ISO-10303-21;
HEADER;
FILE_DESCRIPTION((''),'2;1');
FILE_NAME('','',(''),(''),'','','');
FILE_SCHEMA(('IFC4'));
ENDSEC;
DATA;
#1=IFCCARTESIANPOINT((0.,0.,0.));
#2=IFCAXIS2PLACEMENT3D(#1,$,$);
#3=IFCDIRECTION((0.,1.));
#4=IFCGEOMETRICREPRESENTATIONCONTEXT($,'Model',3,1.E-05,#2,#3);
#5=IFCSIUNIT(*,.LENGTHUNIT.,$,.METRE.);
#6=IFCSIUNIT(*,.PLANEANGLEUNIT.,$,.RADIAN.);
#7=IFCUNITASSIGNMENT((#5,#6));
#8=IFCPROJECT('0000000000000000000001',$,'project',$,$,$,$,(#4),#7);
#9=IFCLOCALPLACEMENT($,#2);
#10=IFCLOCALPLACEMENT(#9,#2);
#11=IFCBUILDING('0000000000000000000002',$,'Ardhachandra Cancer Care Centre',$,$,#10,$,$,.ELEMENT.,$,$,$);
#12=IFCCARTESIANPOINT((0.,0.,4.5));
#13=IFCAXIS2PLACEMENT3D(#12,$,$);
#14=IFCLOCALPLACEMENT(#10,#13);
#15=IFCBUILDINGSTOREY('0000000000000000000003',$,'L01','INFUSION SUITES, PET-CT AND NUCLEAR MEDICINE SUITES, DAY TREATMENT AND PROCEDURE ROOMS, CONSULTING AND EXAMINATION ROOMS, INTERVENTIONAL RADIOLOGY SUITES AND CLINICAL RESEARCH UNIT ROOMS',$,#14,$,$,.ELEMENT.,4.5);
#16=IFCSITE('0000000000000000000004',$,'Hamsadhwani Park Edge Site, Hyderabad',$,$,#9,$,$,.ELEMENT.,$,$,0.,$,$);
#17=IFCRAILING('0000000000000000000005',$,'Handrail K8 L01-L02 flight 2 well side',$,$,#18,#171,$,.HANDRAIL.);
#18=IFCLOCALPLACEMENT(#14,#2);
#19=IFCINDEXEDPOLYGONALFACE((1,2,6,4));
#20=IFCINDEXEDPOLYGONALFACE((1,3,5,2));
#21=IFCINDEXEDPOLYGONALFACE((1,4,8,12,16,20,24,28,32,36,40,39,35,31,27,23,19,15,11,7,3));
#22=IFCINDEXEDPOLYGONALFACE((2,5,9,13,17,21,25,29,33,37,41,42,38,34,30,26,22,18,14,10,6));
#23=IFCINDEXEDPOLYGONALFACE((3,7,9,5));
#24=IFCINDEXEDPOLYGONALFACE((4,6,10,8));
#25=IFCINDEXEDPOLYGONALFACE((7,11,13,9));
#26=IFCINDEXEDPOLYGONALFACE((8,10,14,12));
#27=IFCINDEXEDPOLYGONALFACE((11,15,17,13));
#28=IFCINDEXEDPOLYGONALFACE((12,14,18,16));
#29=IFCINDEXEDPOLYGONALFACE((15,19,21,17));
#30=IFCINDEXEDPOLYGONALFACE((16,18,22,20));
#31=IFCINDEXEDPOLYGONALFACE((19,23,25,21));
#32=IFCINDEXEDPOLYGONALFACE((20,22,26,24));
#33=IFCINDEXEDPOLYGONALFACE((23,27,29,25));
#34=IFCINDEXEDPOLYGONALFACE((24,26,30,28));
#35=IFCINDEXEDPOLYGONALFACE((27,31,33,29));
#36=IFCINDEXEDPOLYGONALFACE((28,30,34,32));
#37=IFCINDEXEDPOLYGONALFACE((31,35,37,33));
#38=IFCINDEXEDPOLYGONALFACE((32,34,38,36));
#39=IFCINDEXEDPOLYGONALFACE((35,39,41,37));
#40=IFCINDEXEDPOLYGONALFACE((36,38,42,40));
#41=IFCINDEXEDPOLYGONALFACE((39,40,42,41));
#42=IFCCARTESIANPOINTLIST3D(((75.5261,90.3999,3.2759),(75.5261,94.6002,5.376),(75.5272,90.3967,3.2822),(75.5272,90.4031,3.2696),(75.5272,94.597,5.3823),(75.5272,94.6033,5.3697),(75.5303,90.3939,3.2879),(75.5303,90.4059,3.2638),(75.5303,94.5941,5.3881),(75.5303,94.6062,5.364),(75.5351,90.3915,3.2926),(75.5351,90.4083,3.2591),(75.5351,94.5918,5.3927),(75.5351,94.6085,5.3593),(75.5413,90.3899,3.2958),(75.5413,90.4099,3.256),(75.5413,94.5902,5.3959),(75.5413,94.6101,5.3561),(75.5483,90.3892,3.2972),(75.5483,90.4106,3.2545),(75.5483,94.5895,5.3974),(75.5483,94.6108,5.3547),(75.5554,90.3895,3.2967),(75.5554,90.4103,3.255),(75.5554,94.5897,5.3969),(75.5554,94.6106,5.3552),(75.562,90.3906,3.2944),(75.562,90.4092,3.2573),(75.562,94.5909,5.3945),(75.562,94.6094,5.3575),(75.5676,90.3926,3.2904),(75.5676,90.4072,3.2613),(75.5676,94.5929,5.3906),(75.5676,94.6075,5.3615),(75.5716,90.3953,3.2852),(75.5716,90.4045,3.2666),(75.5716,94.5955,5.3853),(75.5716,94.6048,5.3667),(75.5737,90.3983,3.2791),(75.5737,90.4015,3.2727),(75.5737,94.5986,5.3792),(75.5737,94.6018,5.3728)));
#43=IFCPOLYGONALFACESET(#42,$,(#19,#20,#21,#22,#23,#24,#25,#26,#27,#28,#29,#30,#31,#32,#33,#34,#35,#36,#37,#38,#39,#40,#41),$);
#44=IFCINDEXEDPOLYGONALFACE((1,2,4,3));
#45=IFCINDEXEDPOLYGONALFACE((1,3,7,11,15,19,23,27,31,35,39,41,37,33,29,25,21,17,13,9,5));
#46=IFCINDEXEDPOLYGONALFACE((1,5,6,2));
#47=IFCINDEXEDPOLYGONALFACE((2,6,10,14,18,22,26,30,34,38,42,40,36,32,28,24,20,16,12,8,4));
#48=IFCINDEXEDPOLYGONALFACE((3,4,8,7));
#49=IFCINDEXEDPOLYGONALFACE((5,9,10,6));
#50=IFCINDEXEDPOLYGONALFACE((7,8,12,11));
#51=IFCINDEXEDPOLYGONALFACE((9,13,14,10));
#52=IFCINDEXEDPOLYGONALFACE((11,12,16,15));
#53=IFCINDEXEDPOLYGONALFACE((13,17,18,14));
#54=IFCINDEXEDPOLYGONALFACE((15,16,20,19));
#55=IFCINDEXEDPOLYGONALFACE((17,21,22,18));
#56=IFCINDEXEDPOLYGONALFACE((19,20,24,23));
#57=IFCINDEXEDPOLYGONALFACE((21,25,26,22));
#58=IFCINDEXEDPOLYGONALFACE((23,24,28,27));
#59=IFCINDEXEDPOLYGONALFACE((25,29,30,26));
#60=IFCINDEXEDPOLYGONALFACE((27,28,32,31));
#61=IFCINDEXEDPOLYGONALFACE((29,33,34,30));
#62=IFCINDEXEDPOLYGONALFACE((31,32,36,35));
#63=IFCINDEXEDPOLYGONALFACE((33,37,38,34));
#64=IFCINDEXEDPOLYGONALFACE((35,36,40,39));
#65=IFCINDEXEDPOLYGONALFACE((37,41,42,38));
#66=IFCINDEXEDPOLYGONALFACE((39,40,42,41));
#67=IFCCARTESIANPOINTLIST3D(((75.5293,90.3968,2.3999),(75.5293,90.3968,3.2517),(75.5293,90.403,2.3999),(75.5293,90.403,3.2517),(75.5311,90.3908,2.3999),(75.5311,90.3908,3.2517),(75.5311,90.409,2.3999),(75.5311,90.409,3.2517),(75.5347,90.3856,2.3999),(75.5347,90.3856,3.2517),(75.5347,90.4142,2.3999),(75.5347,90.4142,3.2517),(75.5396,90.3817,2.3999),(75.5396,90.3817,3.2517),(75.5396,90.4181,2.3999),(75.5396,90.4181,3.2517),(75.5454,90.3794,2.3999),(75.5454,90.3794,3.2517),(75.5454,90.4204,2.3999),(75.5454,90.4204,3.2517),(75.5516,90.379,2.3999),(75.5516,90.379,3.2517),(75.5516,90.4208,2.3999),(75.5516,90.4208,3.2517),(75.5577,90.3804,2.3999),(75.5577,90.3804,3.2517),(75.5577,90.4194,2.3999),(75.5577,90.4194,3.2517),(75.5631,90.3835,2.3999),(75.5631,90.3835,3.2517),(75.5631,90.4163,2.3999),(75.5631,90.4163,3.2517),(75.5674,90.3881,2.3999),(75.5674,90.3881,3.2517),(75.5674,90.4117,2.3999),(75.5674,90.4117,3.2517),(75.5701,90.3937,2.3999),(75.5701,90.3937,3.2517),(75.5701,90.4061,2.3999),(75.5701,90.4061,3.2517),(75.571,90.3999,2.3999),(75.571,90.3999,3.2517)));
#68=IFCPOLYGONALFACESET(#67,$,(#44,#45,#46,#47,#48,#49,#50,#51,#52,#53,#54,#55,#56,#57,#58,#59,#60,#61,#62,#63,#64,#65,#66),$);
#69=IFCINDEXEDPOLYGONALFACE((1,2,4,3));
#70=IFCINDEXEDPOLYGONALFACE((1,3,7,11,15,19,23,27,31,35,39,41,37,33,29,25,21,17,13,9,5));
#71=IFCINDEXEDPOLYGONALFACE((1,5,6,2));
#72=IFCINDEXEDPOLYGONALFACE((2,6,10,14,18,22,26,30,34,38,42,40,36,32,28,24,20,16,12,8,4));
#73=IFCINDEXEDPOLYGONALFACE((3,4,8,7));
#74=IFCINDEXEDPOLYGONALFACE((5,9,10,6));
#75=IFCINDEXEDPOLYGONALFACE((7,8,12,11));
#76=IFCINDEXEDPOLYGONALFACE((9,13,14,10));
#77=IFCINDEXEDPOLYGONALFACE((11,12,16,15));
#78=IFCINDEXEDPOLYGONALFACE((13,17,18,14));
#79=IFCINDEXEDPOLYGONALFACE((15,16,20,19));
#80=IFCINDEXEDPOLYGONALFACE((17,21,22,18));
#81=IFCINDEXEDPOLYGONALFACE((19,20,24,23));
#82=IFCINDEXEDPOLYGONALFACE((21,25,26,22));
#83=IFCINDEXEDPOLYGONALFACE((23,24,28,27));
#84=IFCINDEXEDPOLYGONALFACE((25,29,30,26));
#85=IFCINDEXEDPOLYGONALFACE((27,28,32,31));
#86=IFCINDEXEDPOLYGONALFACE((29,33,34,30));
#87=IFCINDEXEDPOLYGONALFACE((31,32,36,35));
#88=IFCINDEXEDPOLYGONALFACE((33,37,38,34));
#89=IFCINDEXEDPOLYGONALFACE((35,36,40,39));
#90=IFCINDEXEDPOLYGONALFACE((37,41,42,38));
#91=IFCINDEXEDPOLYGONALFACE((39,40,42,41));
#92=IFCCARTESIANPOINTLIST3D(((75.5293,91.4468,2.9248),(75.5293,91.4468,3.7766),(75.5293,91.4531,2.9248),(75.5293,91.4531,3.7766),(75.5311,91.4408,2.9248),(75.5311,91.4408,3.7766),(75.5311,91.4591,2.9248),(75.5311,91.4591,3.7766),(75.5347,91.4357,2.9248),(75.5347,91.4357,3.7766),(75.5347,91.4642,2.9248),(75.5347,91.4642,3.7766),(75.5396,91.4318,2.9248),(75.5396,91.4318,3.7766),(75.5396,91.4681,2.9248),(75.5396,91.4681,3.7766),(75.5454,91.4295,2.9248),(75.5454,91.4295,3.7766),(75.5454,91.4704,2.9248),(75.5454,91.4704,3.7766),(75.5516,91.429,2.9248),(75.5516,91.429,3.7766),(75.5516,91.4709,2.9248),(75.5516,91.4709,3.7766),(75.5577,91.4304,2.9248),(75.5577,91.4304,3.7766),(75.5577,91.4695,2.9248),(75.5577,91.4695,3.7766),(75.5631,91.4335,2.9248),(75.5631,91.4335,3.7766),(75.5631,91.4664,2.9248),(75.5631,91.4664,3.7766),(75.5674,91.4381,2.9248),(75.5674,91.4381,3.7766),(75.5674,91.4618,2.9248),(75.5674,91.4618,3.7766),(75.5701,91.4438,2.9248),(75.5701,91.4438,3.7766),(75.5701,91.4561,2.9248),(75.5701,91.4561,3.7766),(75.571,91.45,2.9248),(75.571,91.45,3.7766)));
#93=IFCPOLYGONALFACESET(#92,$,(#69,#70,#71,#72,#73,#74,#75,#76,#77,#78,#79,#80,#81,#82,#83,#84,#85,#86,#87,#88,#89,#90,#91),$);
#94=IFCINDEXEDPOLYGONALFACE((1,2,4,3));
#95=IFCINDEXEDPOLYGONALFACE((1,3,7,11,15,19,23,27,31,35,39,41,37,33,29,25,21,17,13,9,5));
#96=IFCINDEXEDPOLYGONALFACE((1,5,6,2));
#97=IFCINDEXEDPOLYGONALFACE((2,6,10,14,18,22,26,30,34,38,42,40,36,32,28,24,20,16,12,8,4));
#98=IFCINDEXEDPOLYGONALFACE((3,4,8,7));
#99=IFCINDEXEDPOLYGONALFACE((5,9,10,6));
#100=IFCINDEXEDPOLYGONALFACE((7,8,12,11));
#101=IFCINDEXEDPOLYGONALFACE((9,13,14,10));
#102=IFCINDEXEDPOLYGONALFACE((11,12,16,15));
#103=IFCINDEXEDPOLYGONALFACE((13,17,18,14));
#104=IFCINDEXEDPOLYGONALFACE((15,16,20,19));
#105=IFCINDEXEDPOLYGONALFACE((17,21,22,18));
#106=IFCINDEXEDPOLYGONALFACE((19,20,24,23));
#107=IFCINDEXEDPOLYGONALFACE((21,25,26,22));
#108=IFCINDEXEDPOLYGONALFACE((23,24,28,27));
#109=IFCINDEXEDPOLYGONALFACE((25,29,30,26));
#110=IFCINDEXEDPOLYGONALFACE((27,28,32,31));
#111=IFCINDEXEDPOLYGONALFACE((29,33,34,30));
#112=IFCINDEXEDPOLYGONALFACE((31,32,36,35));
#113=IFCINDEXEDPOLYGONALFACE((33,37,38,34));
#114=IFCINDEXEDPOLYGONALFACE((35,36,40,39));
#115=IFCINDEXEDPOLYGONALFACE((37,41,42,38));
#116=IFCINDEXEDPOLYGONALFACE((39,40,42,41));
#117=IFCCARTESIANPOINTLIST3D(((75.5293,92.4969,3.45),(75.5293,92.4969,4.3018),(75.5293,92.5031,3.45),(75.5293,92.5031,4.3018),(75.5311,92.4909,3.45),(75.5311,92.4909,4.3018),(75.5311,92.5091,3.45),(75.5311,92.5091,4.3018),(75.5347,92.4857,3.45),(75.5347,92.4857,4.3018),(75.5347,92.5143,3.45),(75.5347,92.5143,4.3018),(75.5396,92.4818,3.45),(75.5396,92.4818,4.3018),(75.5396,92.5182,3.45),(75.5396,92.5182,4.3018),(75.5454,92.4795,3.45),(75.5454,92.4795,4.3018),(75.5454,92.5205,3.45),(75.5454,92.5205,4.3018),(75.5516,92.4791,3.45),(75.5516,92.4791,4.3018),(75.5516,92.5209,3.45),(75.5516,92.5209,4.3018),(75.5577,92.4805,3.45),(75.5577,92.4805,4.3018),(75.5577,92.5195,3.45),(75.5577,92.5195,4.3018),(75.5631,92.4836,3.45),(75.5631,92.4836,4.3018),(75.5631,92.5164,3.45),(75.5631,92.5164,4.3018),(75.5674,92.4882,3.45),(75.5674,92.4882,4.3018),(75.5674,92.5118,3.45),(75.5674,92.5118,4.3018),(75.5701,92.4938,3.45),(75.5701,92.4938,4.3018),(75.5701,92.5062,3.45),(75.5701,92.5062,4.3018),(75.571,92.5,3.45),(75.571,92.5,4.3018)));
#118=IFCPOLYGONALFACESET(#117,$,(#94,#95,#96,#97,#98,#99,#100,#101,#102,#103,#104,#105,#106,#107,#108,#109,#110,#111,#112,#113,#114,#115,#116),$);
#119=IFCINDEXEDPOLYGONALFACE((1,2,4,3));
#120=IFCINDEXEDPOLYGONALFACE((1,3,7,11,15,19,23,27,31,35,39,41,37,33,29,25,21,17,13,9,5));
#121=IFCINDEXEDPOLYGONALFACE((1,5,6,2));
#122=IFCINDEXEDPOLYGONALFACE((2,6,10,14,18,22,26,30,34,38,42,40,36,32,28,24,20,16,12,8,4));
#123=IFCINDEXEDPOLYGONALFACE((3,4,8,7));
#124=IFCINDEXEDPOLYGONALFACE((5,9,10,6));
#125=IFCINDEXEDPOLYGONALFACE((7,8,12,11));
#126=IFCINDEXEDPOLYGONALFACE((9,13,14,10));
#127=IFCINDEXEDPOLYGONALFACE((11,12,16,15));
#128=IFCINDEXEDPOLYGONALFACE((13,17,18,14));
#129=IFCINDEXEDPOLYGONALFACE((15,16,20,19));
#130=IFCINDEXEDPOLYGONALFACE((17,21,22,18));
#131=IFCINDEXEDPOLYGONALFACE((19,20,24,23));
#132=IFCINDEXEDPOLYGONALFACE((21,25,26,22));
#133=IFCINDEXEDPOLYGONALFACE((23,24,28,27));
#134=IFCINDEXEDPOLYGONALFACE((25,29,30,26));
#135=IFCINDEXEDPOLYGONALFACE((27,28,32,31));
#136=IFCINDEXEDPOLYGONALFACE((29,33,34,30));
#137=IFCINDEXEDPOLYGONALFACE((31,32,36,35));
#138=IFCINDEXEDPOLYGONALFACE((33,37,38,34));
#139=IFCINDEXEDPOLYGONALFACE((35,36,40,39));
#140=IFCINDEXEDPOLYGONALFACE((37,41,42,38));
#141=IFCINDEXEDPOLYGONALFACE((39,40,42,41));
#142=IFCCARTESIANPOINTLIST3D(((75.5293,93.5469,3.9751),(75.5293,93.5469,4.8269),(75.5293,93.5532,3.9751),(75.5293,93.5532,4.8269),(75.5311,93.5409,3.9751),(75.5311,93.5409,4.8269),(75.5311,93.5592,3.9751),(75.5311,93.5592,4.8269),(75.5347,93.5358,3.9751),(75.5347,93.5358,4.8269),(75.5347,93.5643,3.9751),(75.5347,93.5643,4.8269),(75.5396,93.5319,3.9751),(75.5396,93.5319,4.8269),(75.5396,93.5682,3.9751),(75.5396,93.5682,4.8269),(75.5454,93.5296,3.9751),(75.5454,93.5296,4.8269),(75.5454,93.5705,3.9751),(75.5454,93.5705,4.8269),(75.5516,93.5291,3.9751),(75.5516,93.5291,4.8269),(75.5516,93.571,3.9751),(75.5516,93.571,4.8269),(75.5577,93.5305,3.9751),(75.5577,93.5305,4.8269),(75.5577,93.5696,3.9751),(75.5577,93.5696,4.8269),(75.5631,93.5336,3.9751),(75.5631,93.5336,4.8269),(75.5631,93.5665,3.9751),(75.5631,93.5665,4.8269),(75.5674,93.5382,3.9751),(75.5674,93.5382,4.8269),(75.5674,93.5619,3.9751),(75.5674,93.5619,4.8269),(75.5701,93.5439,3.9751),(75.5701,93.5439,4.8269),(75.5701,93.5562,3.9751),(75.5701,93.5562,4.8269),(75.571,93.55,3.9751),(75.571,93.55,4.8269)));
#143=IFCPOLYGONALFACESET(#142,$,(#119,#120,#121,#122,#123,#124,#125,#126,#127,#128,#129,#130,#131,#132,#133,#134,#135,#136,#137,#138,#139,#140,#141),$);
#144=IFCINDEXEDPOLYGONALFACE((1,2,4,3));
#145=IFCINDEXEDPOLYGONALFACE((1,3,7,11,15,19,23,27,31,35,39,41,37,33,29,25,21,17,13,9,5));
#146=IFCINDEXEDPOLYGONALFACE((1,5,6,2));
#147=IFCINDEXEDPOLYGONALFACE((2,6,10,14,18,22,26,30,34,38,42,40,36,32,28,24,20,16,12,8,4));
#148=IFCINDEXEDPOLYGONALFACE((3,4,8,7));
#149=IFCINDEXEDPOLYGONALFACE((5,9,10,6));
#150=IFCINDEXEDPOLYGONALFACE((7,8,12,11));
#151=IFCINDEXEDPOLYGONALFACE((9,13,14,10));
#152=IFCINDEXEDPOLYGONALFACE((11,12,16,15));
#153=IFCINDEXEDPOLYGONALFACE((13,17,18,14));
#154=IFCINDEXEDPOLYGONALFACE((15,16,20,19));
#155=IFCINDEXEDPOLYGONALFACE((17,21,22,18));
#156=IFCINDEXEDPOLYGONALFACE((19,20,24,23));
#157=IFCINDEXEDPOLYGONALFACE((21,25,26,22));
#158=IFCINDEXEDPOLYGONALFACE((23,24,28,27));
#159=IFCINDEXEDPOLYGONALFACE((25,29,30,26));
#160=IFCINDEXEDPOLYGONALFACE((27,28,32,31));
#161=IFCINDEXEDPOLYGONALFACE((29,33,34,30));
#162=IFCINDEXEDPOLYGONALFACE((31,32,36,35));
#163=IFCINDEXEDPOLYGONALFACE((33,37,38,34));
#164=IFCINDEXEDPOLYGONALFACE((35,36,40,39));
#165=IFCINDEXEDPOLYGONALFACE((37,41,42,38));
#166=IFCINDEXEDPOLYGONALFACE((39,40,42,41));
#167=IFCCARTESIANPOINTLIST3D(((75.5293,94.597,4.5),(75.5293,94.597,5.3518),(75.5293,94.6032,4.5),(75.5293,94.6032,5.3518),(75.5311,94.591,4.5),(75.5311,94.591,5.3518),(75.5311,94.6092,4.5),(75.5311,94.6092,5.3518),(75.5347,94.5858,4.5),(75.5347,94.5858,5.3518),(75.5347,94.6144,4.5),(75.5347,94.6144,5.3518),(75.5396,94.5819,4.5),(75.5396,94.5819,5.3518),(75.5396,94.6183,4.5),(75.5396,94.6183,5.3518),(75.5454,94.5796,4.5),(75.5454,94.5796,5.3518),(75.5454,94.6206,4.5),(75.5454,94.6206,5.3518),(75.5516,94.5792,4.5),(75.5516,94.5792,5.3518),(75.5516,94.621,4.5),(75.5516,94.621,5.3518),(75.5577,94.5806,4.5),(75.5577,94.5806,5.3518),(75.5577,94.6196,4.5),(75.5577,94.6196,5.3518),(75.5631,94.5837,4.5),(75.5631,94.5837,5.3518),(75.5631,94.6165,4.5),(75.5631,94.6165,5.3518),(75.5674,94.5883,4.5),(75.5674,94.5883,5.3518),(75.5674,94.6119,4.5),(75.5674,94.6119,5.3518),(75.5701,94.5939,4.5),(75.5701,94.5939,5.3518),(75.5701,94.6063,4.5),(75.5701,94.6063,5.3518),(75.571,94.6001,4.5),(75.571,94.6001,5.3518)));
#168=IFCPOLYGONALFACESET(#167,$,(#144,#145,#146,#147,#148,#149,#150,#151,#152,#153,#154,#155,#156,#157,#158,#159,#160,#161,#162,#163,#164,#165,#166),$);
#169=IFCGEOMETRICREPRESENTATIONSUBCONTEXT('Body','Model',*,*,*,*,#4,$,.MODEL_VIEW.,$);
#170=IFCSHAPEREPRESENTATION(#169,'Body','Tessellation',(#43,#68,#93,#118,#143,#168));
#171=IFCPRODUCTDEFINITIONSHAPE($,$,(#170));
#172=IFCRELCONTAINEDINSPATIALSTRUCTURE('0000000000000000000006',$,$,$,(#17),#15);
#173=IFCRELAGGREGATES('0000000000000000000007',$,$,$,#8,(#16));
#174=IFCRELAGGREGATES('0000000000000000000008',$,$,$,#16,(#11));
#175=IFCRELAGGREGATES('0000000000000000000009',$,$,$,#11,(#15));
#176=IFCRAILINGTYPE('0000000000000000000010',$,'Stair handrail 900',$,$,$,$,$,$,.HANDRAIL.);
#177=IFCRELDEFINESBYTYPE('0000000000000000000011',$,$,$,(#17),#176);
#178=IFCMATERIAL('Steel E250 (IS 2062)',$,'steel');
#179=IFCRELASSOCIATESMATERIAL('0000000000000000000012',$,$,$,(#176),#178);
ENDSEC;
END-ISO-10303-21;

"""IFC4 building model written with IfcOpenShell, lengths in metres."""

from ifc_helpers import new_model, si_unit, direction, frame, origin, origin_2d, place, context, subcontext, project, spatial, circle, extrude, material, type_object, element, save


model = new_model("IFC4")

# Units and contexts
model_context = context("Model", 3, precision=1e-05, world=origin(), true_north=direction((0.0, 1.0)))
body_context = subcontext(model_context, "Body", "Model", "MODEL_VIEW")
ifc_project = project(units=[si_unit("LENGTHUNIT", "METRE"), si_unit("PLANEANGLEUNIT", "RADIAN")], contexts=[model_context])

# Site, building, storey
site_placement = place(None, origin())
site = spatial("IfcSite", under=ifc_project, at=site_placement, Name="Hamsadhwani Park Edge Site, Hyderabad", CompositionType="ELEMENT", RefElevation=0.0)
building_placement = place(site_placement, origin())
building = spatial("IfcBuilding", under=site, at=building_placement, Name="Ardhachandra Cancer Care Centre", CompositionType="ELEMENT")
storey_placement = place(building_placement, frame((0.0, 0.0, 4.5)))
storey = spatial("IfcBuildingStorey", under=building, at=storey_placement, Name="L01", Description="INFUSION SUITES, PET-CT AND NUCLEAR MEDICINE SUITES, DAY TREATMENT AND PROCEDURE ROOMS, CONSULTING AND EXAMINATION ROOMS, INTERVENTIONAL RADIOLOGY SUITES AND CLINICAL RESEARCH UNIT ROOMS", CompositionType="ELEMENT", Elevation=4.5)

# Railing
ifc_material_1 = material(Name="Steel E250 (IS 2062)", Category="steel")
railing_type_1 = type_object("IfcRailingType", Name="Stair handrail 900", PredefinedType="HANDRAIL", material=ifc_material_1)
for number, where, name in (
    (1, (75.55, 90.3999, 2.3999), "Handrail K8 L01-L02 flight 2 well side"),
):
    element("IfcRailing", number, at=place(storey_placement, frame(where)), inside=storey, type_object=railing_type_1, Name=name, PredefinedType="HANDRAIL", context=body_context, shape_type="SweptSolid", body=[
        extrude(circle(Radius=0.0239, at=origin_2d()), frame((0.0, 0.0, 0.876), z_axis=(0.0, 0.894427, 0.447214), x_axis=(-1.0, 0.0, 0.0)), (0.0, 0.0, 1.0), 4.696),
        extrude(circle(Radius=0.021, at=origin_2d()), origin(), (0.0, 0.0, 1.0), 0.8518),
        extrude(circle(Radius=0.021, at=origin_2d()), frame((0.0, 1.05, 0.5249)), (0.0, 0.0, 1.0), 0.8518),
        extrude(circle(Radius=0.021, at=origin_2d()), frame((0.0, 2.1001, 1.05)), (0.0, 0.0, 1.0), 0.8518),
        extrude(circle(Radius=0.021, at=origin_2d()), frame((0.0, 3.1501, 1.5752)), (0.0, 0.0, 1.0), 0.8518),
        extrude(circle(Radius=0.021, at=origin_2d()), frame((0.0, 4.2002, 2.1001)), (0.0, 0.0, 1.0), 0.8518),
    ])

save(model, "model.ifc")
